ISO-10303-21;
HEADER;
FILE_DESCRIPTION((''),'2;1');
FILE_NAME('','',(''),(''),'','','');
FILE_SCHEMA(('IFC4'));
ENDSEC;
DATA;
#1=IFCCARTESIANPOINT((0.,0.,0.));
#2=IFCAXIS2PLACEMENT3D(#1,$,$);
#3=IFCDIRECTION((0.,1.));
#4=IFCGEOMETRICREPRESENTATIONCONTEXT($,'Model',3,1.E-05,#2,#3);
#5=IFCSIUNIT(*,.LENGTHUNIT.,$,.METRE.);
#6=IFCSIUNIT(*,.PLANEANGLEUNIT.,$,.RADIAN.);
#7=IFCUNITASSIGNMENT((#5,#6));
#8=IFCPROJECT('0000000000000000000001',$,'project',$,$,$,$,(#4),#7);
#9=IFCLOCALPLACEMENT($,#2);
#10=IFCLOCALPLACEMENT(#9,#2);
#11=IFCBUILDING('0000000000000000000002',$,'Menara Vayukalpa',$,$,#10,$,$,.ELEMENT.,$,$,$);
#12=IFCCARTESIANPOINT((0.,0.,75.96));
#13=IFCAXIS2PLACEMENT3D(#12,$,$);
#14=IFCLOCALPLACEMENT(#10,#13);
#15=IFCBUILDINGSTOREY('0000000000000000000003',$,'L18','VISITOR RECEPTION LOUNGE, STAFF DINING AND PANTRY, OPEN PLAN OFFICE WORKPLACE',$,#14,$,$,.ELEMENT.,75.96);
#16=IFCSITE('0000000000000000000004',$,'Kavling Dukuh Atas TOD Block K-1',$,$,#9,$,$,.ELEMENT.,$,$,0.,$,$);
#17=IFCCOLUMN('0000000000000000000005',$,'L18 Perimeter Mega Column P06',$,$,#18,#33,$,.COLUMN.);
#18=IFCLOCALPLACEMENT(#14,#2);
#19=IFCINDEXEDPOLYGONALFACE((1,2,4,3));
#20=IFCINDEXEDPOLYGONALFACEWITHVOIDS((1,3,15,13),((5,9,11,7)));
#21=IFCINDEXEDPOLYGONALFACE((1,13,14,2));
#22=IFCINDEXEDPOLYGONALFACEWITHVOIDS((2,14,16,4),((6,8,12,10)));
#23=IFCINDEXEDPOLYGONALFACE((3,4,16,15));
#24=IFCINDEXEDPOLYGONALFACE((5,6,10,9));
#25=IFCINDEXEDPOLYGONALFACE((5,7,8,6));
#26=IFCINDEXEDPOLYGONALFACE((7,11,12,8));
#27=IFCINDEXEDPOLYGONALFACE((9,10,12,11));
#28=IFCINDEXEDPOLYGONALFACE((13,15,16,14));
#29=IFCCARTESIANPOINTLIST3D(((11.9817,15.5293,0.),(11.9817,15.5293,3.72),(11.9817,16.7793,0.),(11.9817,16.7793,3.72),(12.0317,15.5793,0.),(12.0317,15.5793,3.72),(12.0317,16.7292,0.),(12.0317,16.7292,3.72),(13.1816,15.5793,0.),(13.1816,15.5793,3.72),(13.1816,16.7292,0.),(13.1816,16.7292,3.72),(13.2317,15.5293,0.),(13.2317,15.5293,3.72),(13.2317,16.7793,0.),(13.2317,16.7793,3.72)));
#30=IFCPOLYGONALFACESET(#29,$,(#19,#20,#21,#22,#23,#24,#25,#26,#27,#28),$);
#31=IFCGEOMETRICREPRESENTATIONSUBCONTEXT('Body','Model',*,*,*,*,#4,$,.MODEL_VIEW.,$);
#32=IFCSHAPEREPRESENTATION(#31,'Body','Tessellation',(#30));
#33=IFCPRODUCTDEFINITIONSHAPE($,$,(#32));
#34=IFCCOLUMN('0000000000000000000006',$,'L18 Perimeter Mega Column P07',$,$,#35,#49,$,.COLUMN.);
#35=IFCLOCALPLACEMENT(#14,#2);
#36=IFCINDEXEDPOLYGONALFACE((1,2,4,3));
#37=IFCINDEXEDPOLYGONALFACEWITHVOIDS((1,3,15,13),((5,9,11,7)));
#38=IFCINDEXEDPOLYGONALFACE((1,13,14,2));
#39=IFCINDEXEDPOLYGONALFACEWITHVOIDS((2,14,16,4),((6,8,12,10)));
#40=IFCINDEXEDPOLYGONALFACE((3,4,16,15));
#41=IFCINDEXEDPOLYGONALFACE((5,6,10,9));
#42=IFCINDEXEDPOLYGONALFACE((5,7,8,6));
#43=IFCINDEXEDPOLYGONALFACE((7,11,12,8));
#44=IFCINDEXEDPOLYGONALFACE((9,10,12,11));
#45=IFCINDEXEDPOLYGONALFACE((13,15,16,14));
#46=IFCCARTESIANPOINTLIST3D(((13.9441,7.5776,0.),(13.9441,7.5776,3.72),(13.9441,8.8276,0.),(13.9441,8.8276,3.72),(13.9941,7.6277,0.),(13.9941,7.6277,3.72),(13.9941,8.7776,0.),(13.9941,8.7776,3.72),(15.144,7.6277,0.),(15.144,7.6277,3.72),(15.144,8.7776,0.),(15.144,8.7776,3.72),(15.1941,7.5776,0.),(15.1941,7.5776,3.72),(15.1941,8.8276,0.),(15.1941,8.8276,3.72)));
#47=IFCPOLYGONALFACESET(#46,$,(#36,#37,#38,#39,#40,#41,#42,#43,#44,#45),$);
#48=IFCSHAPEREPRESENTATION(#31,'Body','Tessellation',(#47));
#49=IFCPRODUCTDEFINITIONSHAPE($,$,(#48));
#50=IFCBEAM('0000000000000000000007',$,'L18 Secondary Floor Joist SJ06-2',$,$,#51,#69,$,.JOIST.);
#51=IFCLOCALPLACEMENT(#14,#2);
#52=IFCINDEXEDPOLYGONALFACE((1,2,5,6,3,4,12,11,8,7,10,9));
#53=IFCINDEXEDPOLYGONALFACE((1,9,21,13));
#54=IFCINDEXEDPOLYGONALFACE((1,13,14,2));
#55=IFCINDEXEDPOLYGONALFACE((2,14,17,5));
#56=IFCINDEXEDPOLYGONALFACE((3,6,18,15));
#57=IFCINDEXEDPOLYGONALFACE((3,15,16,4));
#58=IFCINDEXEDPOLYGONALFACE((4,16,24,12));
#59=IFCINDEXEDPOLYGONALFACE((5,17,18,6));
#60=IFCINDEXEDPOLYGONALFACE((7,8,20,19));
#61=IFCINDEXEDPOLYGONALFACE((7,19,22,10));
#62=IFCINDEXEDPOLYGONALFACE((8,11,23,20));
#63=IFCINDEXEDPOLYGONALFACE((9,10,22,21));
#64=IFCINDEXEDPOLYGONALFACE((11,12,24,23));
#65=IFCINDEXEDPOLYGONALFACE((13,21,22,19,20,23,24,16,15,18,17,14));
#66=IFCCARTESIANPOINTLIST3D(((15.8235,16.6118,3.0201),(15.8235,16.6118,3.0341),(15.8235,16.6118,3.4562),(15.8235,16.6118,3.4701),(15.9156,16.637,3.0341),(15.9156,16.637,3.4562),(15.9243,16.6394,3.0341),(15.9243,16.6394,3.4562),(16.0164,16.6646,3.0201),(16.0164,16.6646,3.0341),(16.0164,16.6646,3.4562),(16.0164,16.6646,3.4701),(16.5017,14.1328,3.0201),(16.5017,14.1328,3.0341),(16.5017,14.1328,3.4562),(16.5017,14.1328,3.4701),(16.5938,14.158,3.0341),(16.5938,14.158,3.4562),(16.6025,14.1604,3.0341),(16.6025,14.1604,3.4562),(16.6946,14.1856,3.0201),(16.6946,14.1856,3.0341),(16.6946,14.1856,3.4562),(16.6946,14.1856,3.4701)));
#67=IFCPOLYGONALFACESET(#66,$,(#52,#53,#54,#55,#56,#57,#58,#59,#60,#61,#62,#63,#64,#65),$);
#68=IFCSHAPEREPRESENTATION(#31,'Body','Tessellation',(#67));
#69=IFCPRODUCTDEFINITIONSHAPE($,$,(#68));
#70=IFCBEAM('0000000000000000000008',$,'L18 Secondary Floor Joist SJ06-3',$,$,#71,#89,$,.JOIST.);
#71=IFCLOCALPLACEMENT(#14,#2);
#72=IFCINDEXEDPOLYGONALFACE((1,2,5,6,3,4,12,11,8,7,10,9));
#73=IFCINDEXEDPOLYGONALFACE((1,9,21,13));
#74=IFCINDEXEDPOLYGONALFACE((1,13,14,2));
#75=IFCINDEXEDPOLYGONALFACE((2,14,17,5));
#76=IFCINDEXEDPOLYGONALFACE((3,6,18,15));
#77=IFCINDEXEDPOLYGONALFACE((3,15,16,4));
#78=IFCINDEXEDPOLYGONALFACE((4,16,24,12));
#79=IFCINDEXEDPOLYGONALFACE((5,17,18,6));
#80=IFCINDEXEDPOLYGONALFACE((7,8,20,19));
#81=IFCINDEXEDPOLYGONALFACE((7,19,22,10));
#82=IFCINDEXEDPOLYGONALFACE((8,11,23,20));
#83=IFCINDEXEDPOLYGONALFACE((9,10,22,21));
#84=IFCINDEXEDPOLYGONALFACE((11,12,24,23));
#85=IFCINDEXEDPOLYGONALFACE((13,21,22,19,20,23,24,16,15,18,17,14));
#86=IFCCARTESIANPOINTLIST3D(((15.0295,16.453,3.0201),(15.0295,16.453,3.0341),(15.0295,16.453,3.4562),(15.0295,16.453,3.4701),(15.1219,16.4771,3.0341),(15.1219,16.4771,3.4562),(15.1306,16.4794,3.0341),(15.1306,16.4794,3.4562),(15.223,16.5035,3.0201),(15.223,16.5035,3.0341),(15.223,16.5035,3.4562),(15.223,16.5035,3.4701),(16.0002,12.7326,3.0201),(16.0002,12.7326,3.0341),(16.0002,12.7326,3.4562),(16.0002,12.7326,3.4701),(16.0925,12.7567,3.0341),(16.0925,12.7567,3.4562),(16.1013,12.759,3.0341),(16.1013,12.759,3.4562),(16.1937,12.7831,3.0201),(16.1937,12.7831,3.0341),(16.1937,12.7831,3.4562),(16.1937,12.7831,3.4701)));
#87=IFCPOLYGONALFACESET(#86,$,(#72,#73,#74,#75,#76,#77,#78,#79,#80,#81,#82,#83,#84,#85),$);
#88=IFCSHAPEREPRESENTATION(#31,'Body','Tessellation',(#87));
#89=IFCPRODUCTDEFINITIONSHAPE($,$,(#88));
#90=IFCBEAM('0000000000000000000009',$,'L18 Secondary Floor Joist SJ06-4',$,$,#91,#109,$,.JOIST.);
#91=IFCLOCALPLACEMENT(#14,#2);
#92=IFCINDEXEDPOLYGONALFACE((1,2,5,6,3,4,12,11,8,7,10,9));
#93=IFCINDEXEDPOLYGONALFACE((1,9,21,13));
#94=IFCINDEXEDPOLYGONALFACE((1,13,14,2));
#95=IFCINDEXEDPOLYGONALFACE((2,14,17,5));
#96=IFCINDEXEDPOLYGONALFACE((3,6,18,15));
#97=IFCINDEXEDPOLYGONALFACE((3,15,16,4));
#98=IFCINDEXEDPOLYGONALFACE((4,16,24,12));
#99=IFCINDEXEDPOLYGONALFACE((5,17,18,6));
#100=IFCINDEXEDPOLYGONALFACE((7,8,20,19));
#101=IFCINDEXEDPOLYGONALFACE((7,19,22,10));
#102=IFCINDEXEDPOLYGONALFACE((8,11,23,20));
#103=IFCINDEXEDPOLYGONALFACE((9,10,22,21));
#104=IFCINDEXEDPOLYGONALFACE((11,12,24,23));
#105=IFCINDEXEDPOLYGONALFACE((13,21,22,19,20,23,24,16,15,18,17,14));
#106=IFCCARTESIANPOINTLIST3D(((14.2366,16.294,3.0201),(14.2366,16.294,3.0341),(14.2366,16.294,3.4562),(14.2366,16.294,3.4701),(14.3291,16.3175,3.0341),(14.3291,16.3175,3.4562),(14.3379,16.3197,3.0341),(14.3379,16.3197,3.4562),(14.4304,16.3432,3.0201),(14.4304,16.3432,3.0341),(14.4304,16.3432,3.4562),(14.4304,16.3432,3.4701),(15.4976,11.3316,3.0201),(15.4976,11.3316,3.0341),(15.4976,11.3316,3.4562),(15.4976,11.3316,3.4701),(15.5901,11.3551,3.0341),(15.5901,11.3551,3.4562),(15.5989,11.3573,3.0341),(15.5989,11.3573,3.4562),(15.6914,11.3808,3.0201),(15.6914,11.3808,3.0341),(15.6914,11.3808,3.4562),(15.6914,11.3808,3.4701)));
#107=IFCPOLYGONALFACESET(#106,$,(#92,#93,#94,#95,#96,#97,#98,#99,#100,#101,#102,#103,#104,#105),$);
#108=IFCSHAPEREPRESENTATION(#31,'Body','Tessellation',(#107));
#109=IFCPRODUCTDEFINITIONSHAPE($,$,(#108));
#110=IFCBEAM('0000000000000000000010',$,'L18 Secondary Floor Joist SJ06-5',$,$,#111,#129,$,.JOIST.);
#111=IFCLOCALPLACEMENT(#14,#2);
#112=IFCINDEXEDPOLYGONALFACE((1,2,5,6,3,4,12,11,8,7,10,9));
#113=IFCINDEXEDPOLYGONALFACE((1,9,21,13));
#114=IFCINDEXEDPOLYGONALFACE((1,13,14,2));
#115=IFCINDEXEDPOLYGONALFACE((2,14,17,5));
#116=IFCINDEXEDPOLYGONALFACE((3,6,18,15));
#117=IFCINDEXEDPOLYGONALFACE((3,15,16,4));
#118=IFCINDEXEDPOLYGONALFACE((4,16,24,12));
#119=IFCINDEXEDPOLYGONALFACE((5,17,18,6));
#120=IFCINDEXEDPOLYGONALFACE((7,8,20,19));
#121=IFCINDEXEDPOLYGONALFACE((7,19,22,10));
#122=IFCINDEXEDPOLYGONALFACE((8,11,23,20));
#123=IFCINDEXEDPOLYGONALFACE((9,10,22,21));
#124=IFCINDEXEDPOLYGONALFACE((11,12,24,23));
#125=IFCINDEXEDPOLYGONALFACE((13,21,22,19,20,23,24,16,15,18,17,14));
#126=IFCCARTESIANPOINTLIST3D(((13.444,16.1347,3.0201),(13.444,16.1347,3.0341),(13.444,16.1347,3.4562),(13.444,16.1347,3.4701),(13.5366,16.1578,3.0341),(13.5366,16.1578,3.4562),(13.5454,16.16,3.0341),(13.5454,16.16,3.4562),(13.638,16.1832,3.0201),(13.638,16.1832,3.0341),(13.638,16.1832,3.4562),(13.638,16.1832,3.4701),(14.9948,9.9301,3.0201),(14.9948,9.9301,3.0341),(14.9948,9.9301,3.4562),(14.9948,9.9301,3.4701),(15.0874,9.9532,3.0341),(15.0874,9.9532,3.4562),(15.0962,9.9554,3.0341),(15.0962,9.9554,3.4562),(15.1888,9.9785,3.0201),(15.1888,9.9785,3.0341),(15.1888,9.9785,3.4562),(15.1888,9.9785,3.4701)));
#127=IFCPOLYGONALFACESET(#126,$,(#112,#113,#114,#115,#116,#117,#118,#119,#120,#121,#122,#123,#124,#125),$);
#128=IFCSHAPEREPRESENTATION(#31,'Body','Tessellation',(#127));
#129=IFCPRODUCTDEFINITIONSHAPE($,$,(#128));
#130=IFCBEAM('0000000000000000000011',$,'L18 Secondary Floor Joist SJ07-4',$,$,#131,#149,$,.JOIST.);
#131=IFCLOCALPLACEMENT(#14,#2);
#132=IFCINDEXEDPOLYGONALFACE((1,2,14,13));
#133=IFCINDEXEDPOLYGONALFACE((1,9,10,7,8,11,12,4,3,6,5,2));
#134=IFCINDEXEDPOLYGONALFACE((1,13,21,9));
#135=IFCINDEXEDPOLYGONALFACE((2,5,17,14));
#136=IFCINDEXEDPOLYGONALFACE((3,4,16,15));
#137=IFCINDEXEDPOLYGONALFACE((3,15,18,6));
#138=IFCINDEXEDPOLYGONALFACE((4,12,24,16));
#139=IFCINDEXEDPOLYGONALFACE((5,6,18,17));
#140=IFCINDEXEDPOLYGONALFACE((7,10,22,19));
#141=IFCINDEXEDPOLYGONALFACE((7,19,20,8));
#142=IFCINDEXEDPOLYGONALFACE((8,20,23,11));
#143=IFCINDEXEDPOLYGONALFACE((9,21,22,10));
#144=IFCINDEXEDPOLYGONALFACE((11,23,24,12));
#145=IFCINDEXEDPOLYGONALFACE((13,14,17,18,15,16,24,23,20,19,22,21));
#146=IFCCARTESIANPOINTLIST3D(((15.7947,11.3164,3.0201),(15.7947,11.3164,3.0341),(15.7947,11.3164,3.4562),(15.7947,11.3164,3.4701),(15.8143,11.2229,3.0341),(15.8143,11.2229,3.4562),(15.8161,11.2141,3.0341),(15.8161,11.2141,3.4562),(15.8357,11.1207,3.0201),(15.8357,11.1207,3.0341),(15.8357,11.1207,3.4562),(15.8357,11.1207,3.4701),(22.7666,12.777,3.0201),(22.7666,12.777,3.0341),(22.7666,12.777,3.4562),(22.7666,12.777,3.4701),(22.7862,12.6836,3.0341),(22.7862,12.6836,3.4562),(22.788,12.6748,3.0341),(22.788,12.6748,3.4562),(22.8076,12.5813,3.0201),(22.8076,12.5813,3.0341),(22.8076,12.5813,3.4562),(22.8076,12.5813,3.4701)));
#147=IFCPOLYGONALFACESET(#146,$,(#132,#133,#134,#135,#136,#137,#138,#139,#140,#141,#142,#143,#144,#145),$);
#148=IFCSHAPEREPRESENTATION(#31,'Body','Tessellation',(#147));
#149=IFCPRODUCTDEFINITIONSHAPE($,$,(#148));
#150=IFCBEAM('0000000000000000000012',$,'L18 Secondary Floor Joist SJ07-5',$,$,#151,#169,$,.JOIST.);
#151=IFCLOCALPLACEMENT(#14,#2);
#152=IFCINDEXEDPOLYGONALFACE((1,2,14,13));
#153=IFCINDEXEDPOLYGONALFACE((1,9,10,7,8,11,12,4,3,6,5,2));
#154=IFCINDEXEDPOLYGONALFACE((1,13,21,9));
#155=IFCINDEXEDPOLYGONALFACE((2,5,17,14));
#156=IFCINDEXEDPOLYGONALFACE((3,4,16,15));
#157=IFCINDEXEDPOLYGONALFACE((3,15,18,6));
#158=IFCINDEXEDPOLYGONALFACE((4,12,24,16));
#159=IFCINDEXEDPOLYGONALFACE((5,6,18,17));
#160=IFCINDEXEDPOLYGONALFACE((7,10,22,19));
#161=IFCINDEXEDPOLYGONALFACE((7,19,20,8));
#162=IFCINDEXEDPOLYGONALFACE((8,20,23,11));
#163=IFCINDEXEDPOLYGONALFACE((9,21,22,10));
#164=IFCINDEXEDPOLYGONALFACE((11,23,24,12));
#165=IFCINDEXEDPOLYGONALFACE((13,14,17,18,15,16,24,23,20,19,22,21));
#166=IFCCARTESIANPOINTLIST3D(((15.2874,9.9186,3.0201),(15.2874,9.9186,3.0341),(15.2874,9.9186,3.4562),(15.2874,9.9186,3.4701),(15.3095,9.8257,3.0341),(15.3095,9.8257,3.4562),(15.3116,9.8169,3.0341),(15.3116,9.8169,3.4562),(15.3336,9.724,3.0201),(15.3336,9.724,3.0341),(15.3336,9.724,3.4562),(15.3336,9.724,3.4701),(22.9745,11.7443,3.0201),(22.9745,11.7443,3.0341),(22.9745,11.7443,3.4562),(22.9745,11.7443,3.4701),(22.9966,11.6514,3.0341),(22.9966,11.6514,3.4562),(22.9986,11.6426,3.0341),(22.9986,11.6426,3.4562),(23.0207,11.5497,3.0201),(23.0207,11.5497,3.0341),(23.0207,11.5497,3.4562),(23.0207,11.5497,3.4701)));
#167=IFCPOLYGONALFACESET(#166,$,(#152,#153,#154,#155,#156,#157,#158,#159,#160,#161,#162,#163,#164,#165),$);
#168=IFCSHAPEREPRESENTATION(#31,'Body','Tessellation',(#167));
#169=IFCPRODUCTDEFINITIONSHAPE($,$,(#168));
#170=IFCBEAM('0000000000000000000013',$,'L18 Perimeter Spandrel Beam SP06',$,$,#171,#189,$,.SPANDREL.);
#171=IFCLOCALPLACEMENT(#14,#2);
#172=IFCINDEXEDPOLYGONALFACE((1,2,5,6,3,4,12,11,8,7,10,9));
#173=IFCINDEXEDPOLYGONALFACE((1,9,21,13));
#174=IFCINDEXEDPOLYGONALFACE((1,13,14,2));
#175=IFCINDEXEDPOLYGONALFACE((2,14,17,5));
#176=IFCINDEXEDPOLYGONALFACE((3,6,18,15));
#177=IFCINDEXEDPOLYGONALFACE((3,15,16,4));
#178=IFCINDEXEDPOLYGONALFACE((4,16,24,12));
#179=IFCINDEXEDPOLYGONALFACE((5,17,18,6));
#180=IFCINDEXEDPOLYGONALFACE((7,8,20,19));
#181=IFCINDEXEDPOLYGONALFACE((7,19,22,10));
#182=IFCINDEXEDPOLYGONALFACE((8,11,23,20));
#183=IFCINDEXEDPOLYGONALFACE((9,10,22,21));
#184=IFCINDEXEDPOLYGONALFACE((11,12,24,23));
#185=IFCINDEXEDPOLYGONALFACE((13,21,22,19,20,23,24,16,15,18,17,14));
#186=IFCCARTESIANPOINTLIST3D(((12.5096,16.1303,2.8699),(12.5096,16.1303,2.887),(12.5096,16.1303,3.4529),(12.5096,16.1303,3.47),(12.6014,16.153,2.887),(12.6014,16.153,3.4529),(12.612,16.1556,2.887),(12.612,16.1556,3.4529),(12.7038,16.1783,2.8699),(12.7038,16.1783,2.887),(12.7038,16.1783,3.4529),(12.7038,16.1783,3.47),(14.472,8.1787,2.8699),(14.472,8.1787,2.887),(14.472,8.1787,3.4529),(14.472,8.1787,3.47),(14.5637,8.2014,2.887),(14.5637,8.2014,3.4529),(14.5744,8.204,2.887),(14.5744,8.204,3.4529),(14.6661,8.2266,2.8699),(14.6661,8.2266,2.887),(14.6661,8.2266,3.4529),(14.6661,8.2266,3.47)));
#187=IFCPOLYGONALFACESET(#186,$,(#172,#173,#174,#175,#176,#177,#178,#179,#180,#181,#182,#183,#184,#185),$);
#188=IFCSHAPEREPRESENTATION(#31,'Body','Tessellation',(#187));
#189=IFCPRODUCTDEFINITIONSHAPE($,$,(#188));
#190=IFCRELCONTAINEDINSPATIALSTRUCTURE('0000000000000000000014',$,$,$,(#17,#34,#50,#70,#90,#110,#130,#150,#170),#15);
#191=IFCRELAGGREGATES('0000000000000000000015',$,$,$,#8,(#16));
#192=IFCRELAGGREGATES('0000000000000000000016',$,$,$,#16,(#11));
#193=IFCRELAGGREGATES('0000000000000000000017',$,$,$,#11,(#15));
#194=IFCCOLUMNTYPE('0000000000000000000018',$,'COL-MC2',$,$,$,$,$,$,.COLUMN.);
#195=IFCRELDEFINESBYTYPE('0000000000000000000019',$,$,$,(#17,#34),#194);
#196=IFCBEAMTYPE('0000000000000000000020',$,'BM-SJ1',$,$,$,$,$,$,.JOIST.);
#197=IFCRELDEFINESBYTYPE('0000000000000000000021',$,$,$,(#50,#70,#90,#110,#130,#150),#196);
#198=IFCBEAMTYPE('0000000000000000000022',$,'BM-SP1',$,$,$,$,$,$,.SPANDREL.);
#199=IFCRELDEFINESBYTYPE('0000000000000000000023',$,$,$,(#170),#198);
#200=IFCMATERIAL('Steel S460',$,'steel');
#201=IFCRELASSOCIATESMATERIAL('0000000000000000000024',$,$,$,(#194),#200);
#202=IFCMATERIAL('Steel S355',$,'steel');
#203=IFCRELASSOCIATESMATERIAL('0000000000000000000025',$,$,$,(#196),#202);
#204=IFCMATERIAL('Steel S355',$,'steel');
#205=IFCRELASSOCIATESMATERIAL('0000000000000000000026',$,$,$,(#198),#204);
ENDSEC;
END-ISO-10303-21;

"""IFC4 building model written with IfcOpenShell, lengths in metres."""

from ifc_helpers import new_model, si_unit, direction, frame, origin, origin_2d, place, context, subcontext, project, spatial, hollow_rectangle, i_section, extrude, material, material_profile, profile_set, type_object, element, save


model = new_model("IFC4")

# Units and contexts
model_context = context("Model", 3, precision=1e-05, world=origin(), true_north=direction((0.0, 1.0)))
body_context = subcontext(model_context, "Body", "Model", "MODEL_VIEW")
ifc_project = project(units=[si_unit("LENGTHUNIT", "METRE"), si_unit("PLANEANGLEUNIT", "RADIAN")], contexts=[model_context])

# Site, building, storey
site_placement = place(None, origin())
site = spatial("IfcSite", under=ifc_project, at=site_placement, Name="Kavling Dukuh Atas TOD Block K-1", CompositionType="ELEMENT", RefElevation=0.0)
building_placement = place(site_placement, origin())
building = spatial("IfcBuilding", under=site, at=building_placement, Name="Menara Vayukalpa", CompositionType="ELEMENT")
storey_placement = place(building_placement, frame((0.0, 0.0, 75.96)))
storey = spatial("IfcBuildingStorey", under=building, at=storey_placement, Name="L18", Description="VISITOR RECEPTION LOUNGE, STAFF DINING AND PANTRY, OPEN PLAN OFFICE WORKPLACE", CompositionType="ELEMENT", Elevation=75.96)

# Columns
ifc_material_1 = material(Name="Steel S460", Category="steel")
ifc_material_profile_1 = material_profile(ifc_material_1, hollow_rectangle(XDim=1.25, YDim=1.25, WallThickness=0.05, at=origin_2d()), Name="BOX 1250x1250x50")
ifc_profile_set_1 = profile_set([ifc_material_profile_1], Name="Steel S460")
column_type = type_object("IfcColumnType", Name="COL-MC2", PredefinedType="COLUMN", material=ifc_profile_set_1)
for number, where, z_axis, x_axis, name in (
    (1, (12.6067, 16.1543, 0.0), (0.0, 0.0, 1.0), (1.0, 0.0, 0.0), "L18 Perimeter Mega Column P06"),
    (2, (14.5691, 8.2026, 0.0), (0.0, 0.0, 1.0), (1.0, 0.0, 0.0), "L18 Perimeter Mega Column P07"),
):
    element("IfcColumn", number, at=place(storey_placement, frame(where, z_axis=z_axis, x_axis=x_axis)), inside=storey, type_object=column_type, Name=name, PredefinedType="COLUMN", context=body_context, shape_type="SweptSolid", body=[
        extrude(hollow_rectangle(XDim=1.25, YDim=1.25, WallThickness=0.05, at=origin_2d()), origin(), (0.0, 0.0, 1.0), 3.72),
    ])

# Beams
ifc_material_2 = material(Name="Steel S355", Category="steel")
ifc_material_profile_2 = material_profile(ifc_material_2, i_section(OverallWidth=0.2, OverallDepth=0.45, WebThickness=0.009, FlangeThickness=0.0139, at=origin_2d()), Name="WF 450x200x9x14")
ifc_profile_set_2 = profile_set([ifc_material_profile_2], Name="Steel S355")
beam_type_1 = type_object("IfcBeamType", Name="BM-SJ1", PredefinedType="JOIST", material=ifc_profile_set_2)
beam_1_placement = place(storey_placement, frame((15.9199, 16.6382, 3.2451), z_axis=(0.263889, -0.964553, 0.0), x_axis=(0.964553, 0.263889, 0.0)))
element("IfcBeam", 3, at=beam_1_placement, inside=storey, type_object=beam_type_1, Name="L18 Secondary Floor Joist SJ06-2", PredefinedType="JOIST", context=body_context, shape_type="SweptSolid", body=[
    extrude(i_section(OverallWidth=0.2, OverallDepth=0.45, WebThickness=0.009, FlangeThickness=0.0139, at=origin_2d()), origin(), (0.0, 0.0, 1.0), 2.5701),
])
beam_2_placement = place(storey_placement, frame((15.1262, 16.4783, 3.2451), z_axis=(0.252458, -0.967608, 0.0), x_axis=(0.967608, 0.252458, 0.0)))
element("IfcBeam", 4, at=beam_2_placement, inside=storey, type_object=beam_type_1, Name="L18 Secondary Floor Joist SJ06-3", PredefinedType="JOIST", context=body_context, shape_type="SweptSolid", body=[
    extrude(i_section(OverallWidth=0.2, OverallDepth=0.45, WebThickness=0.009, FlangeThickness=0.0139, at=origin_2d()), origin(), (0.0, 0.0, 1.0), 3.845),
])
beam_3_placement = place(storey_placement, frame((14.3335, 16.3186, 3.2451), z_axis=(0.246281, -0.969198, 0.0), x_axis=(0.969198, 0.246281, 0.0)))
element("IfcBeam", 5, at=beam_3_placement, inside=storey, type_object=beam_type_1, Name="L18 Secondary Floor Joist SJ06-4", PredefinedType="JOIST", context=body_context, shape_type="SweptSolid", body=[
    extrude(i_section(OverallWidth=0.2, OverallDepth=0.45, WebThickness=0.009, FlangeThickness=0.0139, at=origin_2d()), origin(), (0.0, 0.0, 1.0), 5.1201),
])
beam_4_placement = place(storey_placement, frame((13.541, 16.1589, 3.2451), z_axis=(0.242482, -0.970156, 0.0), x_axis=(0.970156, 0.242482, 0.0)))
element("IfcBeam", 6, at=beam_4_placement, inside=storey, type_object=beam_type_1, Name="L18 Secondary Floor Joist SJ06-5", PredefinedType="JOIST", context=body_context, shape_type="SweptSolid", body=[
    extrude(i_section(OverallWidth=0.2, OverallDepth=0.45, WebThickness=0.009, FlangeThickness=0.0139, at=origin_2d()), origin(), (0.0, 0.0, 1.0), 6.3955),
])
beam_5_placement = place(storey_placement, frame((15.8152, 11.2185, 3.2451), z_axis=(0.97875, 0.205059, 0.0), x_axis=(-0.205059, 0.97875, 0.0)))
element("IfcBeam", 7, at=beam_5_placement, inside=storey, type_object=beam_type_1, Name="L18 Secondary Floor Joist SJ07-4", PredefinedType="JOIST", context=body_context, shape_type="SweptSolid", body=[
    extrude(i_section(OverallWidth=0.2, OverallDepth=0.45, WebThickness=0.009, FlangeThickness=0.0139, at=origin_2d()), origin(), (0.0, 0.0, 1.0), 7.1233),
])
beam_6_placement = place(storey_placement, frame((15.3105, 9.8213, 3.2451), z_axis=(0.972936, 0.231075, 0.0), x_axis=(-0.231075, 0.972936, 0.0)))
element("IfcBeam", 8, at=beam_6_placement, inside=storey, type_object=beam_type_1, Name="L18 Secondary Floor Joist SJ07-5", PredefinedType="JOIST", context=body_context, shape_type="SweptSolid", body=[
    extrude(i_section(OverallWidth=0.2, OverallDepth=0.45, WebThickness=0.009, FlangeThickness=0.0139, at=origin_2d()), origin(), (0.0, 0.0, 1.0), 7.9009),
])
ifc_material_3 = material(Name="Steel S355", Category="steel")
ifc_material_profile_3 = material_profile(ifc_material_3, i_section(OverallWidth=0.2, OverallDepth=0.6001, WebThickness=0.011, FlangeThickness=0.0171, at=origin_2d()), Name="WF 600x200x11x17")
ifc_profile_set_3 = profile_set([ifc_material_profile_3], Name="Steel S355")
beam_type_2 = type_object("IfcBeamType", Name="BM-SP1", PredefinedType="SPANDREL", material=ifc_profile_set_3)
beam_7_placement = place(storey_placement, frame((12.6067, 16.1543, 3.1699), z_axis=(0.239603, -0.970871, 0.0), x_axis=(0.970871, 0.239603, 0.0)))
element("IfcBeam", 9, at=beam_7_placement, inside=storey, type_object=beam_type_2, Name="L18 Perimeter Spandrel Beam SP06", PredefinedType="SPANDREL", context=body_context, shape_type="SweptSolid", body=[
    extrude(i_section(OverallWidth=0.2, OverallDepth=0.6001, WebThickness=0.011, FlangeThickness=0.0171, at=origin_2d()), origin(), (0.0, 0.0, 1.0), 8.1902),
])

save(model, "model.ifc")
